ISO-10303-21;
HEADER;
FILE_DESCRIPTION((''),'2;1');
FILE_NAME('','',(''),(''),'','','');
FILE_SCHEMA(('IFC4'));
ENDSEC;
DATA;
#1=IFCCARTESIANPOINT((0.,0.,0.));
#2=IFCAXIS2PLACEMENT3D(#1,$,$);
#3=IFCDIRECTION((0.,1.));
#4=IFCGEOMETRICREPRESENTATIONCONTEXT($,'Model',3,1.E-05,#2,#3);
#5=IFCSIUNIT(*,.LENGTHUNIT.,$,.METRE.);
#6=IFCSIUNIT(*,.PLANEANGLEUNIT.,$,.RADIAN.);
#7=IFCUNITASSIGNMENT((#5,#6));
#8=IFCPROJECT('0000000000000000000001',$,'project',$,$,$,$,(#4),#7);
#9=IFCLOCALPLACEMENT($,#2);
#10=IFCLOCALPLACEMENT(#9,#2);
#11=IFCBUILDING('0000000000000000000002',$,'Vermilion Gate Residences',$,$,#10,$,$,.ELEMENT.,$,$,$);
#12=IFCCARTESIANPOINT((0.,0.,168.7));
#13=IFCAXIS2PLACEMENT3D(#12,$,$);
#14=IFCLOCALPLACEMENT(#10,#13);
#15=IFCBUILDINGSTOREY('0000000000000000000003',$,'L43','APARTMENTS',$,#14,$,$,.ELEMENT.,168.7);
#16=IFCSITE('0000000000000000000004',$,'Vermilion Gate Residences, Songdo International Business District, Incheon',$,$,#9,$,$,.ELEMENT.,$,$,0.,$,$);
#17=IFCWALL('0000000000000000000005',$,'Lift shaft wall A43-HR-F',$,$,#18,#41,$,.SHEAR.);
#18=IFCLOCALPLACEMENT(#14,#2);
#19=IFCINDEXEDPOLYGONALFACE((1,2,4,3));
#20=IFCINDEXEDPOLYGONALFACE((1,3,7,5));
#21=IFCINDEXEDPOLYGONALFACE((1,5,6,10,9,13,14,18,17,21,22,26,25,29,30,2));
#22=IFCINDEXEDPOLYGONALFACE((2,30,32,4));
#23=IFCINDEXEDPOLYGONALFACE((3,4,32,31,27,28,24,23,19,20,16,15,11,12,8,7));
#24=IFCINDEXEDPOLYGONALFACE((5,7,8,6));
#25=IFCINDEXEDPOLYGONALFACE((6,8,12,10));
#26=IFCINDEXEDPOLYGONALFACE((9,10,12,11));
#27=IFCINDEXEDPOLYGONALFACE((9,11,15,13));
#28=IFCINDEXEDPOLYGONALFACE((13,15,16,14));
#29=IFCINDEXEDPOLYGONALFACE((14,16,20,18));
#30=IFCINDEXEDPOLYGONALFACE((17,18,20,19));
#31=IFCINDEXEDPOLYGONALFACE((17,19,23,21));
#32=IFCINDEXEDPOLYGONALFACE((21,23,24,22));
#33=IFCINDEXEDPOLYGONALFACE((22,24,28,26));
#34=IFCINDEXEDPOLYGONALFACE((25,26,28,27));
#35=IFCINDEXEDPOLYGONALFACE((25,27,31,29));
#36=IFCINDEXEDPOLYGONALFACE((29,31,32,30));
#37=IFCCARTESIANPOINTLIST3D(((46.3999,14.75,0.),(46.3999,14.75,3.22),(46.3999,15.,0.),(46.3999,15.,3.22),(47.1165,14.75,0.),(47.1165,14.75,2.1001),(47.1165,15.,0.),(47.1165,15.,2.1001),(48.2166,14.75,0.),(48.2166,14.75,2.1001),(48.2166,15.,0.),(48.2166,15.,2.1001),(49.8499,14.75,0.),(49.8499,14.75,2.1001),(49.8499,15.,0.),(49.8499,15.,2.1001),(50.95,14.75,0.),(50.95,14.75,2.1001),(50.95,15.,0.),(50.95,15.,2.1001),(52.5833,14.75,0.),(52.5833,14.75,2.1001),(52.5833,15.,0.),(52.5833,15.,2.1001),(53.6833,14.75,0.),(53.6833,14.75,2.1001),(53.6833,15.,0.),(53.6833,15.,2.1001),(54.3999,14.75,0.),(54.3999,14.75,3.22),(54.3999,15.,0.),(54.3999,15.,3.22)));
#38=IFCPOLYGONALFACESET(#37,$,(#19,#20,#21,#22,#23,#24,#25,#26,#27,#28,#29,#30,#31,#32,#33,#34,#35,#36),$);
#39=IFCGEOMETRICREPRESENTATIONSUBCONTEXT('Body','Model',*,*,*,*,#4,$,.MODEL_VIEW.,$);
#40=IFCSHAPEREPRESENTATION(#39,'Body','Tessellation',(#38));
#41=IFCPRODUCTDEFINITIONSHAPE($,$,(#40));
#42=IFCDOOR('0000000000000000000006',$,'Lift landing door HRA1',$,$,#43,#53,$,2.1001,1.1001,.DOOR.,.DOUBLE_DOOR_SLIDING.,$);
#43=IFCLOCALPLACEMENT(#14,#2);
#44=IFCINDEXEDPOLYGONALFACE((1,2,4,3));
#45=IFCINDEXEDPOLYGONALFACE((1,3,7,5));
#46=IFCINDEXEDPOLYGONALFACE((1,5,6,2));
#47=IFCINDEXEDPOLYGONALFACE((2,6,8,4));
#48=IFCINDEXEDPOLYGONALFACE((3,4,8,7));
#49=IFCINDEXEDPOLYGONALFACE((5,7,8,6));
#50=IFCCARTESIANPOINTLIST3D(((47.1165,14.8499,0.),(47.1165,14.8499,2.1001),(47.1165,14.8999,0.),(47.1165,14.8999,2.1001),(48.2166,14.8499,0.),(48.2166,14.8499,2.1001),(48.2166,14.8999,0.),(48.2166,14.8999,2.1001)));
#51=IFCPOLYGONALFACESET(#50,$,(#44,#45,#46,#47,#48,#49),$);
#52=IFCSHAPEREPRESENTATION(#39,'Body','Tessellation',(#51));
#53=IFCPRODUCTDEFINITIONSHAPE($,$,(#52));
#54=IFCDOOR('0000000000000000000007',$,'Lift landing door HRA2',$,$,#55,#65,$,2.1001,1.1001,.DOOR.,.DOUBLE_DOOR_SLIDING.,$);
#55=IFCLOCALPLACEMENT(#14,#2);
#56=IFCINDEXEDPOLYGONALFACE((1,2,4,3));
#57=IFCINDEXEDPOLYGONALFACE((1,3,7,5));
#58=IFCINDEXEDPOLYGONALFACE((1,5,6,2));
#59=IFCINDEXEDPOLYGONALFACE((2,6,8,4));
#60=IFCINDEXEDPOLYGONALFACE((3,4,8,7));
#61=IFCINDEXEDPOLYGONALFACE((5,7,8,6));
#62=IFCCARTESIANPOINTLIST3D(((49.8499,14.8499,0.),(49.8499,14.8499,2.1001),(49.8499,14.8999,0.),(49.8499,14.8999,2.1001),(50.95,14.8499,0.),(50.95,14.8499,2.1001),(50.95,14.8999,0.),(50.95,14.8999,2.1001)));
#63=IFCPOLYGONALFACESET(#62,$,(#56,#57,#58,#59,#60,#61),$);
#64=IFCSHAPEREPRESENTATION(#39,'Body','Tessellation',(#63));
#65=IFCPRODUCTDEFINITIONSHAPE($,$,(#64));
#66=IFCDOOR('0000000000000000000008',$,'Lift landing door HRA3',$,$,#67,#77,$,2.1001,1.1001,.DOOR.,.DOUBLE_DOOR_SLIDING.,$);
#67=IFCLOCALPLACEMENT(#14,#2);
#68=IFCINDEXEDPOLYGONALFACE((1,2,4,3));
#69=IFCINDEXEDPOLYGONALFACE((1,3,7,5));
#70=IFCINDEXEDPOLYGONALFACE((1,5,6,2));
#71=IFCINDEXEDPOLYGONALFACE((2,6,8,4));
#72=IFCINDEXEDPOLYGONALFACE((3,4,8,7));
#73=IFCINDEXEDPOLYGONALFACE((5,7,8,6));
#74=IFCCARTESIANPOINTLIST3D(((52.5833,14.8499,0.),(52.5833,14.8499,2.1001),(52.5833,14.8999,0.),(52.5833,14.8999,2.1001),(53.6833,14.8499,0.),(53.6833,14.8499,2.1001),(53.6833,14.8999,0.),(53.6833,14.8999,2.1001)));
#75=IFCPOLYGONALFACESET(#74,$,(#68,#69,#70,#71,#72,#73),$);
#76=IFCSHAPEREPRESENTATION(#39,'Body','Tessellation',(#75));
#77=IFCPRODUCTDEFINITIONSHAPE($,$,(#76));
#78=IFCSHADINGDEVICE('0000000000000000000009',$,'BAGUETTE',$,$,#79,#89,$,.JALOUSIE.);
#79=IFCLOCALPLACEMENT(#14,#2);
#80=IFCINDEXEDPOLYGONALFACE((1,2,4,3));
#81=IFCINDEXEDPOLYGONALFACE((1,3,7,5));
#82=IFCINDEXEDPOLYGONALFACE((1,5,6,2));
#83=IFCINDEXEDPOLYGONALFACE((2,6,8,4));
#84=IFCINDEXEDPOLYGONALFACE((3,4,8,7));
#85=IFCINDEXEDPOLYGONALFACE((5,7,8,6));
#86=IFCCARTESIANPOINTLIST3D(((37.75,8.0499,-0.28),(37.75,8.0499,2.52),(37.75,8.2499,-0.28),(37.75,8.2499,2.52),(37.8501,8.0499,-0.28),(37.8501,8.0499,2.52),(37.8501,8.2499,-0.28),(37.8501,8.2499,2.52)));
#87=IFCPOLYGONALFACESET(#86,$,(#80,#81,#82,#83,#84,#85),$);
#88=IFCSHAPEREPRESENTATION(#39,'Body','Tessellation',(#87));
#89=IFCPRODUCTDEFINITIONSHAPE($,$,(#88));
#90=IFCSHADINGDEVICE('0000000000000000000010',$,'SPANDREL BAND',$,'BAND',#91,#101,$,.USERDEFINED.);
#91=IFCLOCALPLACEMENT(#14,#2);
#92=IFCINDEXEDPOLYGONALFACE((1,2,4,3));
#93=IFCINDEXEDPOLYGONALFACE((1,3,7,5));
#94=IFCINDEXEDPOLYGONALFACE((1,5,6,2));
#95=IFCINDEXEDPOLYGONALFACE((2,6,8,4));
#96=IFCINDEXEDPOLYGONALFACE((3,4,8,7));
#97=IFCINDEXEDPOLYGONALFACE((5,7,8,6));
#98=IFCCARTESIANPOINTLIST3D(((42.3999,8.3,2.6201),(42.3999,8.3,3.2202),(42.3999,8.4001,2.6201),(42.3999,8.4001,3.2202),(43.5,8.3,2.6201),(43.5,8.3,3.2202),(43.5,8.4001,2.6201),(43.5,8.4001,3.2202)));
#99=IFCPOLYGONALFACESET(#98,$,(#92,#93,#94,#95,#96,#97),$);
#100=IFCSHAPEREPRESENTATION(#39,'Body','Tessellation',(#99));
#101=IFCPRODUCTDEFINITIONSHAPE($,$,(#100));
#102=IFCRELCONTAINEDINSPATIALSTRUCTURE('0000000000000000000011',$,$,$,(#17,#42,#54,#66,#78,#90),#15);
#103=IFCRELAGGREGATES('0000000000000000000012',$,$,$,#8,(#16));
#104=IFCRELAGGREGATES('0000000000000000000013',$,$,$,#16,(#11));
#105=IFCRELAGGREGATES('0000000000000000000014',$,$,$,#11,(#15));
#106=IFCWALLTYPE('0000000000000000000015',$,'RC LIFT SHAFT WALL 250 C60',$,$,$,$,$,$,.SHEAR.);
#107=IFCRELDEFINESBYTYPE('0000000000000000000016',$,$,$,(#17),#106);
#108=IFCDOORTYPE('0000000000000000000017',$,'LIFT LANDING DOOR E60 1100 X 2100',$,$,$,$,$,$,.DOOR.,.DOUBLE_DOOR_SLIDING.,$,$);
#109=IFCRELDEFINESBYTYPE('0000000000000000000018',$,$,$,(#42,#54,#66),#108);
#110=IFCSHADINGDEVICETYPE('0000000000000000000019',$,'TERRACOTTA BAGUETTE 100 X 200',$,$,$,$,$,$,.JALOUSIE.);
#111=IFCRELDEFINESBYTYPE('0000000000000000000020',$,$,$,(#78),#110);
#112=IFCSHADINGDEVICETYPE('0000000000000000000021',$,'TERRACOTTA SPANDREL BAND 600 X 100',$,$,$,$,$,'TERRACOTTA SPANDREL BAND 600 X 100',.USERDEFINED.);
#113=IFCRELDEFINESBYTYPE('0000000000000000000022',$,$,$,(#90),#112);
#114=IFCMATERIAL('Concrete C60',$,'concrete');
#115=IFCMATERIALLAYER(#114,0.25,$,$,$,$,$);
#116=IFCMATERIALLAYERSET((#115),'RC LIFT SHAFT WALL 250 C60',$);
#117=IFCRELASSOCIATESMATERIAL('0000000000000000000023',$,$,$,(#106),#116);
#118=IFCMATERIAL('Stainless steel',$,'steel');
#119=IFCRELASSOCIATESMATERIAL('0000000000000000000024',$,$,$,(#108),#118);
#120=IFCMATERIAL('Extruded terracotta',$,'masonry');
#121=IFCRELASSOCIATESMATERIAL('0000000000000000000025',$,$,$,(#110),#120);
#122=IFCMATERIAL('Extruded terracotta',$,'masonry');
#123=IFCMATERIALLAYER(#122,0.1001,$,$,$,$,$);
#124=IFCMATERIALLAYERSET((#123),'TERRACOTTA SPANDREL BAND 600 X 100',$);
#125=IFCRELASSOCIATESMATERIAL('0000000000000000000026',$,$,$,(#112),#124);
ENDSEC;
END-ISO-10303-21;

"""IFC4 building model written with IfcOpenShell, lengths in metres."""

from ifc_helpers import new_model, si_unit, direction, frame, frame_2d, origin, origin_2d, place, context, subcontext, project, spatial, rectangle, extrude, material, layer, layer_set, material_profile, profile_set, type_object, element, fill, save


model = new_model("IFC4")

# Units and contexts
model_context = context("Model", 3, precision=1e-05, world=origin(), true_north=direction((0.0, 1.0)))
body_context = subcontext(model_context, "Body", "Model", "MODEL_VIEW")
ifc_project = project(units=[si_unit("LENGTHUNIT", "METRE"), si_unit("PLANEANGLEUNIT", "RADIAN")], contexts=[model_context])

# Site, building, storey
site_placement = place(None, origin())
site = spatial("IfcSite", under=ifc_project, at=site_placement, Name="Vermilion Gate Residences, Songdo International Business District, Incheon", CompositionType="ELEMENT", RefElevation=0.0)
building_placement = place(site_placement, origin())
building = spatial("IfcBuilding", under=site, at=building_placement, Name="Vermilion Gate Residences", CompositionType="ELEMENT")
storey_placement = place(building_placement, frame((0.0, 0.0, 168.7)))
storey = spatial("IfcBuildingStorey", under=building, at=storey_placement, Name="L43", Description="APARTMENTS", CompositionType="ELEMENT", Elevation=168.7)

# Wall, openings, doors
ifc_material_1 = material(Name="Concrete C60", Category="concrete")
ifc_layer_1 = layer(ifc_material_1, 0.25)
ifc_layer_set_1 = layer_set([ifc_layer_1], Name="RC LIFT SHAFT WALL 250 C60")
wall_type_1 = type_object("IfcWallType", Name="RC LIFT SHAFT WALL 250 C60", PredefinedType="SHEAR", material=ifc_layer_set_1)
wall_1_placement = place(storey_placement, frame((46.3999, 14.875, 0.0), z_axis=(0.0, 0.0, 1.0), x_axis=(1.0, 0.0, 0.0)))
wall_1 = element("IfcWall", 1, at=wall_1_placement, inside=storey, type_object=wall_type_1, Name="Lift shaft wall A43-HR-F", PredefinedType="SHEAR", context=body_context, shape_type="SweptSolid", body=[
    extrude(rectangle(XDim=8.0, YDim=0.25, at=frame_2d((4.0, 0.0))), origin(), (0.0, 0.0, 1.0), 3.22),
])
opening_1_placement = place(wall_1_placement, frame((0.7166, 0.0, 0.0)))
opening_1 = element("IfcOpeningElement", 2, at=opening_1_placement, cuts=wall_1, PredefinedType="OPENING", context=body_context, shape_type="SweptSolid", body=[
    extrude(rectangle(XDim=1.1001, YDim=2.1001, at=frame_2d((0.55, 1.05))), frame((0.0, 0.135, 0.0), z_axis=(0.0, -1.0, 0.0), x_axis=(1.0, 0.0, 0.0)), (0.0, 0.0, 1.0), 0.27),
])
opening_2_placement = place(wall_1_placement, frame((3.45, 0.0, 0.0)))
opening_2 = element("IfcOpeningElement", 3, at=opening_2_placement, cuts=wall_1, PredefinedType="OPENING", context=body_context, shape_type="SweptSolid", body=[
    extrude(rectangle(XDim=1.1001, YDim=2.1001, at=frame_2d((0.55, 1.05))), frame((0.0, 0.135, 0.0), z_axis=(0.0, -1.0, 0.0), x_axis=(1.0, 0.0, 0.0)), (0.0, 0.0, 1.0), 0.27),
])
opening_3_placement = place(wall_1_placement, frame((6.1833, 0.0, 0.0)))
opening_3 = element("IfcOpeningElement", 4, at=opening_3_placement, cuts=wall_1, PredefinedType="OPENING", context=body_context, shape_type="SweptSolid", body=[
    extrude(rectangle(XDim=1.1001, YDim=2.1001, at=frame_2d((0.55, 1.05))), frame((0.0, 0.135, 0.0), z_axis=(0.0, -1.0, 0.0), x_axis=(1.0, 0.0, 0.0)), (0.0, 0.0, 1.0), 0.27),
])
ifc_material_2 = material(Name="Stainless steel", Category="steel")
door_type_1 = type_object("IfcDoorType", Name="LIFT LANDING DOOR E60 1100 X 2100", OperationType="DOUBLE_DOOR_SLIDING", PredefinedType="DOOR", material=ifc_material_2)
door_1_placement = place(opening_1_placement, origin())
door_1 = element("IfcDoor", 5, at=door_1_placement, inside=storey, type_object=door_type_1, Name="Lift landing door HRA1", OperationType="DOUBLE_DOOR_SLIDING", OverallHeight=2.1001, OverallWidth=1.1001, PredefinedType="DOOR", context=body_context, shape_type="SweptSolid", body=[
    extrude(rectangle(XDim=1.1001, YDim=2.1001, at=frame_2d((0.55, 1.05))), frame((0.0, 0.0249, 0.0), z_axis=(0.0, -1.0, 0.0), x_axis=(1.0, 0.0, 0.0)), (0.0, 0.0, 1.0), 0.05),
])
fill(opening_1, door_1)
door_2_placement = place(opening_2_placement, origin())
door_2 = element("IfcDoor", 6, at=door_2_placement, inside=storey, type_object=door_type_1, Name="Lift landing door HRA2", OperationType="DOUBLE_DOOR_SLIDING", OverallHeight=2.1001, OverallWidth=1.1001, PredefinedType="DOOR", context=body_context, shape_type="SweptSolid", body=[
    extrude(rectangle(XDim=1.1001, YDim=2.1001, at=frame_2d((0.55, 1.05))), frame((0.0, 0.0249, 0.0), z_axis=(0.0, -1.0, 0.0), x_axis=(1.0, 0.0, 0.0)), (0.0, 0.0, 1.0), 0.05),
])
fill(opening_2, door_2)
door_3_placement = place(opening_3_placement, origin())
door_3 = element("IfcDoor", 7, at=door_3_placement, inside=storey, type_object=door_type_1, Name="Lift landing door HRA3", OperationType="DOUBLE_DOOR_SLIDING", OverallHeight=2.1001, OverallWidth=1.1001, PredefinedType="DOOR", context=body_context, shape_type="SweptSolid", body=[
    extrude(rectangle(XDim=1.1001, YDim=2.1001, at=frame_2d((0.55, 1.05))), frame((0.0, 0.0249, 0.0), z_axis=(0.0, -1.0, 0.0), x_axis=(1.0, 0.0, 0.0)), (0.0, 0.0, 1.0), 0.05),
])
fill(opening_3, door_3)

# Shading devices
ifc_material_3 = material(Name="Extruded terracotta", Category="masonry")
ifc_material_profile_1 = material_profile(ifc_material_3, rectangle(XDim=0.2, YDim=0.1001, at=origin_2d()), Name="BAGUETTE 100 X 200")
ifc_profile_set_1 = profile_set([ifc_material_profile_1], Name="Extruded terracotta")
shading_device_type_1 = type_object("IfcShadingDeviceType", Name="TERRACOTTA BAGUETTE 100 X 200", PredefinedType="JALOUSIE", material=ifc_profile_set_1)
shading_device_1_placement = place(storey_placement, frame((37.8, 8.1499, -0.28), z_axis=(0.0, 0.0, 1.0), x_axis=(0.0, 1.0, 0.0)))
element("IfcShadingDevice", 8, at=shading_device_1_placement, inside=storey, type_object=shading_device_type_1, Name="BAGUETTE", PredefinedType="JALOUSIE", context=body_context, shape_type="SweptSolid", body=[
    extrude(rectangle(XDim=0.2, YDim=0.1001, at=origin_2d()), origin(), (0.0, 0.0, 1.0), 2.8),
])
ifc_material_4 = material(Name="Extruded terracotta", Category="masonry")
ifc_layer_2 = layer(ifc_material_4, 0.1001)
ifc_layer_set_2 = layer_set([ifc_layer_2], Name="TERRACOTTA SPANDREL BAND 600 X 100")
shading_device_type_2 = type_object("IfcShadingDeviceType", Name="TERRACOTTA SPANDREL BAND 600 X 100", ElementType="TERRACOTTA SPANDREL BAND 600 X 100", PredefinedType="USERDEFINED", material=ifc_layer_set_2)
shading_device_2_placement = place(storey_placement, frame((42.95, 8.3501, 2.6201), z_axis=(0.0, 0.0, 1.0), x_axis=(1.0, 0.0, 0.0)))
element("IfcShadingDevice", 9, at=shading_device_2_placement, inside=storey, type_object=shading_device_type_2, Name="SPANDREL BAND", ObjectType="BAND", PredefinedType="USERDEFINED", context=body_context, shape_type="SweptSolid", body=[
    extrude(rectangle(XDim=1.1001, YDim=0.1001, at=origin_2d()), origin(), (0.0, 0.0, 1.0), 0.6001),
])

save(model, "model.ifc")
